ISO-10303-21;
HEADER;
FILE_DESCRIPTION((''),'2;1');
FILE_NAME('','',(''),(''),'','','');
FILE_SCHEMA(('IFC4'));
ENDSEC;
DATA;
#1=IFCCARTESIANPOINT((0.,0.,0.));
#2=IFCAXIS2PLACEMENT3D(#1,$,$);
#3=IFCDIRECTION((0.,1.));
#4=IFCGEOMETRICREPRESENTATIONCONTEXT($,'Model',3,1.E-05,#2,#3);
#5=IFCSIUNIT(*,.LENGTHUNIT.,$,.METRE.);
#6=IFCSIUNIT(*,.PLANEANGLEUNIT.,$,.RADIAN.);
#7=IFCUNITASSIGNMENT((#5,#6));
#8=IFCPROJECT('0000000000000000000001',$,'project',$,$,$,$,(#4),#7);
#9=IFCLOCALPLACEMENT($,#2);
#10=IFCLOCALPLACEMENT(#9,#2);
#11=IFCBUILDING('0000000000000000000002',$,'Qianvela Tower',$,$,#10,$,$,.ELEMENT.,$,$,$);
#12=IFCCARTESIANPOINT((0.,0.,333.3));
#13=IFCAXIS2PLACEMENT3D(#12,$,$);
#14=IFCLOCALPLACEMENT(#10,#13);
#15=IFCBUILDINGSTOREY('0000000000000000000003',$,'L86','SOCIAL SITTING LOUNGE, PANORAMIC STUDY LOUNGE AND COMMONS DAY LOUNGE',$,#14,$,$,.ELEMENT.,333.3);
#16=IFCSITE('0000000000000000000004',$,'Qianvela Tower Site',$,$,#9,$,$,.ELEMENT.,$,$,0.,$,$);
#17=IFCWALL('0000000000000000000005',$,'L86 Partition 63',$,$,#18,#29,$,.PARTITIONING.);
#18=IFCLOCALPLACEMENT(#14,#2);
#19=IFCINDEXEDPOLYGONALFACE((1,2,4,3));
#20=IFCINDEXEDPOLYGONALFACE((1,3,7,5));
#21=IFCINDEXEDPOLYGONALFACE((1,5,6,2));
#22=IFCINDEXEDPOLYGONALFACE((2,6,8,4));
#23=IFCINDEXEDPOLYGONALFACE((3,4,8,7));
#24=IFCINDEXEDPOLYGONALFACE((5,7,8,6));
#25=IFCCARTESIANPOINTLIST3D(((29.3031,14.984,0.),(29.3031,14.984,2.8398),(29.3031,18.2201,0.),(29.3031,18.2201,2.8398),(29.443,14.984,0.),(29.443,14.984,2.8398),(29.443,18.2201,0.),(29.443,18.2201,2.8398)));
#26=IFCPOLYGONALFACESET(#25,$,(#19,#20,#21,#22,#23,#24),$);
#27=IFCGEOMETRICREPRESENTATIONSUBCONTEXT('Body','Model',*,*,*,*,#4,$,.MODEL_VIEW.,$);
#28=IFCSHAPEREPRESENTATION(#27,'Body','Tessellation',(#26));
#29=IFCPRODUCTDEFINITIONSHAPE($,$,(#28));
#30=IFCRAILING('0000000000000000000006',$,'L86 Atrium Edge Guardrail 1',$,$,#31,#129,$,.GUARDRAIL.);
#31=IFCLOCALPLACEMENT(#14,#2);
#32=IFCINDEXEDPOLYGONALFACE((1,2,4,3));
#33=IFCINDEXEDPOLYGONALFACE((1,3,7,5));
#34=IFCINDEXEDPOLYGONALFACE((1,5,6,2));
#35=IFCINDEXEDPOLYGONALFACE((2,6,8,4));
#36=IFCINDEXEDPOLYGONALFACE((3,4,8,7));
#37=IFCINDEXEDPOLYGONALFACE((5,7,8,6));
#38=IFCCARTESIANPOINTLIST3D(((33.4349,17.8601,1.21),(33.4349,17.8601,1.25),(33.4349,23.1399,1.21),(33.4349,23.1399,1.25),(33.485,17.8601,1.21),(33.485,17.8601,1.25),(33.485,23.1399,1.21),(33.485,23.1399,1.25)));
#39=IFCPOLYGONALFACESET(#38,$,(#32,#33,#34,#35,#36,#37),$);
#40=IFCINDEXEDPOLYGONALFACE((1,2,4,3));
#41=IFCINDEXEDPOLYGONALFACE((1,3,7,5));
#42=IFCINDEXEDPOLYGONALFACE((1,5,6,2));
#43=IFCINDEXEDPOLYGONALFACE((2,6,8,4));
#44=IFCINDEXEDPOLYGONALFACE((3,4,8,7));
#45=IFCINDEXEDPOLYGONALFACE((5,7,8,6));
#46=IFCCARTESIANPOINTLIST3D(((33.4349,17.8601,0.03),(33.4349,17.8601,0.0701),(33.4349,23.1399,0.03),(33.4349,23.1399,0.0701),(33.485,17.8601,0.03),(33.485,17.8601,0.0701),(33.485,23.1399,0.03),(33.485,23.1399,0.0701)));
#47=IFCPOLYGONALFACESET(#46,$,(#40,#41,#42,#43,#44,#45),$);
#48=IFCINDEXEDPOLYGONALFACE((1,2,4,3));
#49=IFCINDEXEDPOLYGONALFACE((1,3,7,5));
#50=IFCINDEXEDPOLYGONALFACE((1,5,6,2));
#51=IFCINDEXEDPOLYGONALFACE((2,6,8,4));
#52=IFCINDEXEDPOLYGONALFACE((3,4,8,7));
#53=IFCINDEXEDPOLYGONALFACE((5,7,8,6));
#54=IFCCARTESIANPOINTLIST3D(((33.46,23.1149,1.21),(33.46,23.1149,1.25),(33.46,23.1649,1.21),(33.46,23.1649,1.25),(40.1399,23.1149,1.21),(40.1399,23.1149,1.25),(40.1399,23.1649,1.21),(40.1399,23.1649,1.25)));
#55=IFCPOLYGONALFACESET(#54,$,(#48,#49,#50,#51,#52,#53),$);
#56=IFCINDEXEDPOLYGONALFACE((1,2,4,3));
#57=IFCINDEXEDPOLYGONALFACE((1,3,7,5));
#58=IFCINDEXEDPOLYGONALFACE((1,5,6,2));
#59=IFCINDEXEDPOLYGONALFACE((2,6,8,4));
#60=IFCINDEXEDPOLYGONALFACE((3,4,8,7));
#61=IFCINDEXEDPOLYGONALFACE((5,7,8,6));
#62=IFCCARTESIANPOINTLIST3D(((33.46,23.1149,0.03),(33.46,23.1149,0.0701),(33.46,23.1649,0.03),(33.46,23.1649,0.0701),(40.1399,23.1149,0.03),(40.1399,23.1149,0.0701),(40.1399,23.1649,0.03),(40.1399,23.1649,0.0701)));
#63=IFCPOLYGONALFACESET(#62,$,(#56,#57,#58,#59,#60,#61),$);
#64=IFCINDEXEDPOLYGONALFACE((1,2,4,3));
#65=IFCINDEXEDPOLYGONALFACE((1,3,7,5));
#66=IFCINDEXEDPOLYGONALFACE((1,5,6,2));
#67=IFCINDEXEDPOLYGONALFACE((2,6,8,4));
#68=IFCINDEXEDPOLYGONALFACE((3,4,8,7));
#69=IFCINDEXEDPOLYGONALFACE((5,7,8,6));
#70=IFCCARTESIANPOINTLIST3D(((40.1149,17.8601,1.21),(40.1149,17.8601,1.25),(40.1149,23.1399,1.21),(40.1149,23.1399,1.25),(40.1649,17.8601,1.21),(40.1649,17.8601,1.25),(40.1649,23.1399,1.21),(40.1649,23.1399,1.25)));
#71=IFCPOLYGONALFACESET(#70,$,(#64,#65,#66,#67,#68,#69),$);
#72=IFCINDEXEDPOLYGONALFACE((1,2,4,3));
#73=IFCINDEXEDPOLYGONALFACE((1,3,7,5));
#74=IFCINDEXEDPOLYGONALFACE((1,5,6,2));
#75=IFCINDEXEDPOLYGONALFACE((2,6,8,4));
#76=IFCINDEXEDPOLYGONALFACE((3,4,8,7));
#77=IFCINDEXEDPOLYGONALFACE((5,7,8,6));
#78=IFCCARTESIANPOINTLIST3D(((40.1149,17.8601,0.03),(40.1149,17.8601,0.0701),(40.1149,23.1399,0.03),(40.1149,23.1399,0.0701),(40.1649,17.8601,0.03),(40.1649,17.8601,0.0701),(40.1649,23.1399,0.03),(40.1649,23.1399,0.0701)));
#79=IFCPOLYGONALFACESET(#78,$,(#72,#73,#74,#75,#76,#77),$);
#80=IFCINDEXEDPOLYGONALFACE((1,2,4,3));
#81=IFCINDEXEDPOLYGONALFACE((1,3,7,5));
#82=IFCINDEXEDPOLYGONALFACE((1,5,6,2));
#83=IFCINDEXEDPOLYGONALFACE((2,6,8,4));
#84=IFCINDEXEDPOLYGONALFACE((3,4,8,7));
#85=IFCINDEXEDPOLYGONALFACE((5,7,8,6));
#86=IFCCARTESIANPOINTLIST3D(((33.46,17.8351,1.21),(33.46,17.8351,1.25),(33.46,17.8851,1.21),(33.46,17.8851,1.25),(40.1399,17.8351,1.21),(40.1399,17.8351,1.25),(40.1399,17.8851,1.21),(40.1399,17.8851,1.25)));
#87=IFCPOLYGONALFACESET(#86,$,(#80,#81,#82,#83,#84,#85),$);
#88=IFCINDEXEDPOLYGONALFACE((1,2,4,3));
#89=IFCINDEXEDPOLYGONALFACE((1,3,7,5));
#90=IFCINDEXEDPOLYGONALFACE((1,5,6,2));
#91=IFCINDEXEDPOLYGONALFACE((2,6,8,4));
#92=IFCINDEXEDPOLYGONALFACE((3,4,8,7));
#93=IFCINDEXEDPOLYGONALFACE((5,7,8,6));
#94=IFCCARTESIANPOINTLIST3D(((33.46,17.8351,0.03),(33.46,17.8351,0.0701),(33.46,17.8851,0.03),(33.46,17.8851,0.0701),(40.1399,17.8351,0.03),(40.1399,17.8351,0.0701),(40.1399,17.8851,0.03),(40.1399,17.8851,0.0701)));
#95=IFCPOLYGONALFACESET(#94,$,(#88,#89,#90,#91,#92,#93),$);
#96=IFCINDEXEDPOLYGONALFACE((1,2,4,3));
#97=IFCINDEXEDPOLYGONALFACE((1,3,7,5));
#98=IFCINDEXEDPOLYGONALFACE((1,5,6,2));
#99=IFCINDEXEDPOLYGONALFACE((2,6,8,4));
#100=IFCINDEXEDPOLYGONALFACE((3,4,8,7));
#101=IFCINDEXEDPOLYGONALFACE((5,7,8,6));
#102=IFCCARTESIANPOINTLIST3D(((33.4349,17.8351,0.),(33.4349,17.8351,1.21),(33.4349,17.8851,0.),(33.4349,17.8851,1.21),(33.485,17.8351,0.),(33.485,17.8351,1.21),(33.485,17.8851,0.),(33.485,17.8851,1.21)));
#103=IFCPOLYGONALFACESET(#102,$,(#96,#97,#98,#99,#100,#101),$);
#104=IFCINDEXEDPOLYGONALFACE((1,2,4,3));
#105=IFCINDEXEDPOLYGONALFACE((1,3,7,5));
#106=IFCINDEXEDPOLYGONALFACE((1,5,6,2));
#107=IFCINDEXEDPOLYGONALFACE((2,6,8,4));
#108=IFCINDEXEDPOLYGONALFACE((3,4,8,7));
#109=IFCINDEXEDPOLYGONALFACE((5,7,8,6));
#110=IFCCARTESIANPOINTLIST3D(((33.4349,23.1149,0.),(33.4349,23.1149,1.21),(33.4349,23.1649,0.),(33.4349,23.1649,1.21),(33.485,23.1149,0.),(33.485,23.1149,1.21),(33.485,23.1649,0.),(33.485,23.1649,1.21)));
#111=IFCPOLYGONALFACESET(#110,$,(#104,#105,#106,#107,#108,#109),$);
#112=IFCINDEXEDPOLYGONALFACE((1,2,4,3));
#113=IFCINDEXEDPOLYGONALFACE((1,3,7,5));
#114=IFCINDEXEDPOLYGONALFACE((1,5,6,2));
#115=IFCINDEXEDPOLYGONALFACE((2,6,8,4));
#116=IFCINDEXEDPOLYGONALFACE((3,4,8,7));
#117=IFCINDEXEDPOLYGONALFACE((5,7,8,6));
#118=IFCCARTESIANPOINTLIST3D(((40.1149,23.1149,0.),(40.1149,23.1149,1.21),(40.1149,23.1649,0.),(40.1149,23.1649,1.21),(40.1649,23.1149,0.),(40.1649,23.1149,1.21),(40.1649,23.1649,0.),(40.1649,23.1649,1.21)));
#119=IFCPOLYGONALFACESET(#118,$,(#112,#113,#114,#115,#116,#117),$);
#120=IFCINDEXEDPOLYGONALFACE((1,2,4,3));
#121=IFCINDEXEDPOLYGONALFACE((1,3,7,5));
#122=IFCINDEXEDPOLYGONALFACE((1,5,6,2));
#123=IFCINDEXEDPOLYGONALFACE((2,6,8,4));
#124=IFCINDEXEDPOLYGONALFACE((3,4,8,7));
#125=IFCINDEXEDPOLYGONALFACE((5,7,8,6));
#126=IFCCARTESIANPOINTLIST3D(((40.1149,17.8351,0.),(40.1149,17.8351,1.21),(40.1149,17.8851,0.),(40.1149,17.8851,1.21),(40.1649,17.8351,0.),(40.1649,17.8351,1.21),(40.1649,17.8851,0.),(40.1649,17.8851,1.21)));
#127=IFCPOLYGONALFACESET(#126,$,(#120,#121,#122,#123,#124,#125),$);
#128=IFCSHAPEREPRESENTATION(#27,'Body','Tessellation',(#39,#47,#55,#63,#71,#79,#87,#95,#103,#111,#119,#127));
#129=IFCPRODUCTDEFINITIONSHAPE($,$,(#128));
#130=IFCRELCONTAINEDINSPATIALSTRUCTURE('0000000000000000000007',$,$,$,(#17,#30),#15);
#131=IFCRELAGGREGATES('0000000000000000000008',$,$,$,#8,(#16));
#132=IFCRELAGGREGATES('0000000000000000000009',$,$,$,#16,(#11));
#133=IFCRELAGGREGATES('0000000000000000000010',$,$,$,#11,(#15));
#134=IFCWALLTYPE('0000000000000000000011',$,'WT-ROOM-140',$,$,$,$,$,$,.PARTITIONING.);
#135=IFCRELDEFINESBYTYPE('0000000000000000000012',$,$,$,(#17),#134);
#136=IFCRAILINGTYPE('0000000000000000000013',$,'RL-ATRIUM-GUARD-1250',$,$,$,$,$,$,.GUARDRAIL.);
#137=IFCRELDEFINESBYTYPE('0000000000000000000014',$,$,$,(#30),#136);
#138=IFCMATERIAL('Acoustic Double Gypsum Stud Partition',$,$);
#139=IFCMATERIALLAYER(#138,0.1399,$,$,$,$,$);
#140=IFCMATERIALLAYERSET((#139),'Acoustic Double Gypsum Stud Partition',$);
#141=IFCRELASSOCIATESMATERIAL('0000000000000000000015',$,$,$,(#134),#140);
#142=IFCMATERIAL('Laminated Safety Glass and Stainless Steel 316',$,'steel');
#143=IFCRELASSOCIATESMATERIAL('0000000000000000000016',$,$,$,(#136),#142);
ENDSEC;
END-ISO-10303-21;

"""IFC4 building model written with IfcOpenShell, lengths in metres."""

from ifc_helpers import new_model, si_unit, direction, frame, frame_2d, origin, origin_2d, place, context, subcontext, project, spatial, rectangle, extrude, material, layer, layer_set, type_object, element, save


model = new_model("IFC4")

# Units and contexts
model_context = context("Model", 3, precision=1e-05, world=origin(), true_north=direction((0.0, 1.0)))
body_context = subcontext(model_context, "Body", "Model", "MODEL_VIEW")
ifc_project = project(units=[si_unit("LENGTHUNIT", "METRE"), si_unit("PLANEANGLEUNIT", "RADIAN")], contexts=[model_context])

# Site, building, storey
site_placement = place(None, origin())
site = spatial("IfcSite", under=ifc_project, at=site_placement, Name="Qianvela Tower Site", CompositionType="ELEMENT", RefElevation=0.0)
building_placement = place(site_placement, origin())
building = spatial("IfcBuilding", under=site, at=building_placement, Name="Qianvela Tower", CompositionType="ELEMENT")
storey_placement = place(building_placement, frame((0.0, 0.0, 333.3)))
storey = spatial("IfcBuildingStorey", under=building, at=storey_placement, Name="L86", Description="SOCIAL SITTING LOUNGE, PANORAMIC STUDY LOUNGE AND COMMONS DAY LOUNGE", CompositionType="ELEMENT", Elevation=333.3)

# Wall
ifc_material_1 = material(Name="Acoustic Double Gypsum Stud Partition")
ifc_layer_1 = layer(ifc_material_1, 0.1399)
ifc_layer_set_1 = layer_set([ifc_layer_1], Name="Acoustic Double Gypsum Stud Partition")
wall_type_1 = type_object("IfcWallType", Name="WT-ROOM-140", PredefinedType="PARTITIONING", material=ifc_layer_set_1)
wall_1_placement = place(storey_placement, frame((29.373, 14.9839, 0.0), z_axis=(0.0, 0.0, 1.0), x_axis=(0.0, 1.0, 0.0)))
element("IfcWall", 1, at=wall_1_placement, inside=storey, type_object=wall_type_1, Name="L86 Partition 63", PredefinedType="PARTITIONING", context=body_context, shape_type="SweptSolid", body=[
    extrude(rectangle(XDim=3.2361, YDim=0.1399, at=frame_2d((1.6182, 0.0))), origin(), (0.0, 0.0, 1.0), 2.8398),
])

# Railing
ifc_material_2 = material(Name="Laminated Safety Glass and Stainless Steel 316", Category="steel")
railing_type = type_object("IfcRailingType", Name="RL-ATRIUM-GUARD-1250", PredefinedType="GUARDRAIL", material=ifc_material_2)
railing_placement = place(storey_placement, frame((33.46, 17.8601, 0.0)))
element("IfcRailing", 2, at=railing_placement, inside=storey, type_object=railing_type, Name="L86 Atrium Edge Guardrail 1", PredefinedType="GUARDRAIL", context=body_context, shape_type="SweptSolid", body=[
    extrude(rectangle(XDim=0.05, YDim=0.04, at=origin_2d()), frame((0.0, 0.0, 1.23), z_axis=(0.0, 1.0, 0.0), x_axis=(-1.0, 0.0, 0.0)), (0.0, 0.0, 1.0), 5.2798),
    extrude(rectangle(XDim=0.05, YDim=0.04, at=origin_2d()), frame((0.0, 0.0, 0.05), z_axis=(0.0, 1.0, 0.0), x_axis=(-1.0, 0.0, 0.0)), (0.0, 0.0, 1.0), 5.2798),
    extrude(rectangle(XDim=0.05, YDim=0.04, at=origin_2d()), frame((0.0, 5.2798, 1.23), z_axis=(1.0, 0.0, 0.0), x_axis=(0.0, 1.0, 0.0)), (0.0, 0.0, 1.0), 6.6799),
    extrude(rectangle(XDim=0.05, YDim=0.04, at=origin_2d()), frame((0.0, 5.2798, 0.05), z_axis=(1.0, 0.0, 0.0), x_axis=(0.0, 1.0, 0.0)), (0.0, 0.0, 1.0), 6.6799),
    extrude(rectangle(XDim=0.05, YDim=0.04, at=origin_2d()), frame((6.6799, 5.2798, 1.23), z_axis=(0.0, -1.0, 0.0), x_axis=(1.0, 0.0, 0.0)), (0.0, 0.0, 1.0), 5.2798),
    extrude(rectangle(XDim=0.05, YDim=0.04, at=origin_2d()), frame((6.6799, 5.2798, 0.05), z_axis=(0.0, -1.0, 0.0), x_axis=(1.0, 0.0, 0.0)), (0.0, 0.0, 1.0), 5.2798),
    extrude(rectangle(XDim=0.05, YDim=0.04, at=origin_2d()), frame((6.6799, 0.0, 1.23), z_axis=(-1.0, 0.0, 0.0), x_axis=(0.0, -1.0, 0.0)), (0.0, 0.0, 1.0), 6.6799),
    extrude(rectangle(XDim=0.05, YDim=0.04, at=origin_2d()), frame((6.6799, 0.0, 0.05), z_axis=(-1.0, 0.0, 0.0), x_axis=(0.0, -1.0, 0.0)), (0.0, 0.0, 1.0), 6.6799),
    extrude(rectangle(XDim=0.05, YDim=0.05, at=origin_2d()), origin(), (0.0, 0.0, 1.0), 1.21),
    extrude(rectangle(XDim=0.05, YDim=0.05, at=origin_2d()), frame((0.0, 5.2798, 0.0)), (0.0, 0.0, 1.0), 1.21),
    extrude(rectangle(XDim=0.05, YDim=0.05, at=origin_2d()), frame((6.6799, 5.2798, 0.0)), (0.0, 0.0, 1.0), 1.21),
    extrude(rectangle(XDim=0.05, YDim=0.05, at=origin_2d()), frame((6.6799, 0.0, 0.0)), (0.0, 0.0, 1.0), 1.21),
])

save(model, "model.ifc")
